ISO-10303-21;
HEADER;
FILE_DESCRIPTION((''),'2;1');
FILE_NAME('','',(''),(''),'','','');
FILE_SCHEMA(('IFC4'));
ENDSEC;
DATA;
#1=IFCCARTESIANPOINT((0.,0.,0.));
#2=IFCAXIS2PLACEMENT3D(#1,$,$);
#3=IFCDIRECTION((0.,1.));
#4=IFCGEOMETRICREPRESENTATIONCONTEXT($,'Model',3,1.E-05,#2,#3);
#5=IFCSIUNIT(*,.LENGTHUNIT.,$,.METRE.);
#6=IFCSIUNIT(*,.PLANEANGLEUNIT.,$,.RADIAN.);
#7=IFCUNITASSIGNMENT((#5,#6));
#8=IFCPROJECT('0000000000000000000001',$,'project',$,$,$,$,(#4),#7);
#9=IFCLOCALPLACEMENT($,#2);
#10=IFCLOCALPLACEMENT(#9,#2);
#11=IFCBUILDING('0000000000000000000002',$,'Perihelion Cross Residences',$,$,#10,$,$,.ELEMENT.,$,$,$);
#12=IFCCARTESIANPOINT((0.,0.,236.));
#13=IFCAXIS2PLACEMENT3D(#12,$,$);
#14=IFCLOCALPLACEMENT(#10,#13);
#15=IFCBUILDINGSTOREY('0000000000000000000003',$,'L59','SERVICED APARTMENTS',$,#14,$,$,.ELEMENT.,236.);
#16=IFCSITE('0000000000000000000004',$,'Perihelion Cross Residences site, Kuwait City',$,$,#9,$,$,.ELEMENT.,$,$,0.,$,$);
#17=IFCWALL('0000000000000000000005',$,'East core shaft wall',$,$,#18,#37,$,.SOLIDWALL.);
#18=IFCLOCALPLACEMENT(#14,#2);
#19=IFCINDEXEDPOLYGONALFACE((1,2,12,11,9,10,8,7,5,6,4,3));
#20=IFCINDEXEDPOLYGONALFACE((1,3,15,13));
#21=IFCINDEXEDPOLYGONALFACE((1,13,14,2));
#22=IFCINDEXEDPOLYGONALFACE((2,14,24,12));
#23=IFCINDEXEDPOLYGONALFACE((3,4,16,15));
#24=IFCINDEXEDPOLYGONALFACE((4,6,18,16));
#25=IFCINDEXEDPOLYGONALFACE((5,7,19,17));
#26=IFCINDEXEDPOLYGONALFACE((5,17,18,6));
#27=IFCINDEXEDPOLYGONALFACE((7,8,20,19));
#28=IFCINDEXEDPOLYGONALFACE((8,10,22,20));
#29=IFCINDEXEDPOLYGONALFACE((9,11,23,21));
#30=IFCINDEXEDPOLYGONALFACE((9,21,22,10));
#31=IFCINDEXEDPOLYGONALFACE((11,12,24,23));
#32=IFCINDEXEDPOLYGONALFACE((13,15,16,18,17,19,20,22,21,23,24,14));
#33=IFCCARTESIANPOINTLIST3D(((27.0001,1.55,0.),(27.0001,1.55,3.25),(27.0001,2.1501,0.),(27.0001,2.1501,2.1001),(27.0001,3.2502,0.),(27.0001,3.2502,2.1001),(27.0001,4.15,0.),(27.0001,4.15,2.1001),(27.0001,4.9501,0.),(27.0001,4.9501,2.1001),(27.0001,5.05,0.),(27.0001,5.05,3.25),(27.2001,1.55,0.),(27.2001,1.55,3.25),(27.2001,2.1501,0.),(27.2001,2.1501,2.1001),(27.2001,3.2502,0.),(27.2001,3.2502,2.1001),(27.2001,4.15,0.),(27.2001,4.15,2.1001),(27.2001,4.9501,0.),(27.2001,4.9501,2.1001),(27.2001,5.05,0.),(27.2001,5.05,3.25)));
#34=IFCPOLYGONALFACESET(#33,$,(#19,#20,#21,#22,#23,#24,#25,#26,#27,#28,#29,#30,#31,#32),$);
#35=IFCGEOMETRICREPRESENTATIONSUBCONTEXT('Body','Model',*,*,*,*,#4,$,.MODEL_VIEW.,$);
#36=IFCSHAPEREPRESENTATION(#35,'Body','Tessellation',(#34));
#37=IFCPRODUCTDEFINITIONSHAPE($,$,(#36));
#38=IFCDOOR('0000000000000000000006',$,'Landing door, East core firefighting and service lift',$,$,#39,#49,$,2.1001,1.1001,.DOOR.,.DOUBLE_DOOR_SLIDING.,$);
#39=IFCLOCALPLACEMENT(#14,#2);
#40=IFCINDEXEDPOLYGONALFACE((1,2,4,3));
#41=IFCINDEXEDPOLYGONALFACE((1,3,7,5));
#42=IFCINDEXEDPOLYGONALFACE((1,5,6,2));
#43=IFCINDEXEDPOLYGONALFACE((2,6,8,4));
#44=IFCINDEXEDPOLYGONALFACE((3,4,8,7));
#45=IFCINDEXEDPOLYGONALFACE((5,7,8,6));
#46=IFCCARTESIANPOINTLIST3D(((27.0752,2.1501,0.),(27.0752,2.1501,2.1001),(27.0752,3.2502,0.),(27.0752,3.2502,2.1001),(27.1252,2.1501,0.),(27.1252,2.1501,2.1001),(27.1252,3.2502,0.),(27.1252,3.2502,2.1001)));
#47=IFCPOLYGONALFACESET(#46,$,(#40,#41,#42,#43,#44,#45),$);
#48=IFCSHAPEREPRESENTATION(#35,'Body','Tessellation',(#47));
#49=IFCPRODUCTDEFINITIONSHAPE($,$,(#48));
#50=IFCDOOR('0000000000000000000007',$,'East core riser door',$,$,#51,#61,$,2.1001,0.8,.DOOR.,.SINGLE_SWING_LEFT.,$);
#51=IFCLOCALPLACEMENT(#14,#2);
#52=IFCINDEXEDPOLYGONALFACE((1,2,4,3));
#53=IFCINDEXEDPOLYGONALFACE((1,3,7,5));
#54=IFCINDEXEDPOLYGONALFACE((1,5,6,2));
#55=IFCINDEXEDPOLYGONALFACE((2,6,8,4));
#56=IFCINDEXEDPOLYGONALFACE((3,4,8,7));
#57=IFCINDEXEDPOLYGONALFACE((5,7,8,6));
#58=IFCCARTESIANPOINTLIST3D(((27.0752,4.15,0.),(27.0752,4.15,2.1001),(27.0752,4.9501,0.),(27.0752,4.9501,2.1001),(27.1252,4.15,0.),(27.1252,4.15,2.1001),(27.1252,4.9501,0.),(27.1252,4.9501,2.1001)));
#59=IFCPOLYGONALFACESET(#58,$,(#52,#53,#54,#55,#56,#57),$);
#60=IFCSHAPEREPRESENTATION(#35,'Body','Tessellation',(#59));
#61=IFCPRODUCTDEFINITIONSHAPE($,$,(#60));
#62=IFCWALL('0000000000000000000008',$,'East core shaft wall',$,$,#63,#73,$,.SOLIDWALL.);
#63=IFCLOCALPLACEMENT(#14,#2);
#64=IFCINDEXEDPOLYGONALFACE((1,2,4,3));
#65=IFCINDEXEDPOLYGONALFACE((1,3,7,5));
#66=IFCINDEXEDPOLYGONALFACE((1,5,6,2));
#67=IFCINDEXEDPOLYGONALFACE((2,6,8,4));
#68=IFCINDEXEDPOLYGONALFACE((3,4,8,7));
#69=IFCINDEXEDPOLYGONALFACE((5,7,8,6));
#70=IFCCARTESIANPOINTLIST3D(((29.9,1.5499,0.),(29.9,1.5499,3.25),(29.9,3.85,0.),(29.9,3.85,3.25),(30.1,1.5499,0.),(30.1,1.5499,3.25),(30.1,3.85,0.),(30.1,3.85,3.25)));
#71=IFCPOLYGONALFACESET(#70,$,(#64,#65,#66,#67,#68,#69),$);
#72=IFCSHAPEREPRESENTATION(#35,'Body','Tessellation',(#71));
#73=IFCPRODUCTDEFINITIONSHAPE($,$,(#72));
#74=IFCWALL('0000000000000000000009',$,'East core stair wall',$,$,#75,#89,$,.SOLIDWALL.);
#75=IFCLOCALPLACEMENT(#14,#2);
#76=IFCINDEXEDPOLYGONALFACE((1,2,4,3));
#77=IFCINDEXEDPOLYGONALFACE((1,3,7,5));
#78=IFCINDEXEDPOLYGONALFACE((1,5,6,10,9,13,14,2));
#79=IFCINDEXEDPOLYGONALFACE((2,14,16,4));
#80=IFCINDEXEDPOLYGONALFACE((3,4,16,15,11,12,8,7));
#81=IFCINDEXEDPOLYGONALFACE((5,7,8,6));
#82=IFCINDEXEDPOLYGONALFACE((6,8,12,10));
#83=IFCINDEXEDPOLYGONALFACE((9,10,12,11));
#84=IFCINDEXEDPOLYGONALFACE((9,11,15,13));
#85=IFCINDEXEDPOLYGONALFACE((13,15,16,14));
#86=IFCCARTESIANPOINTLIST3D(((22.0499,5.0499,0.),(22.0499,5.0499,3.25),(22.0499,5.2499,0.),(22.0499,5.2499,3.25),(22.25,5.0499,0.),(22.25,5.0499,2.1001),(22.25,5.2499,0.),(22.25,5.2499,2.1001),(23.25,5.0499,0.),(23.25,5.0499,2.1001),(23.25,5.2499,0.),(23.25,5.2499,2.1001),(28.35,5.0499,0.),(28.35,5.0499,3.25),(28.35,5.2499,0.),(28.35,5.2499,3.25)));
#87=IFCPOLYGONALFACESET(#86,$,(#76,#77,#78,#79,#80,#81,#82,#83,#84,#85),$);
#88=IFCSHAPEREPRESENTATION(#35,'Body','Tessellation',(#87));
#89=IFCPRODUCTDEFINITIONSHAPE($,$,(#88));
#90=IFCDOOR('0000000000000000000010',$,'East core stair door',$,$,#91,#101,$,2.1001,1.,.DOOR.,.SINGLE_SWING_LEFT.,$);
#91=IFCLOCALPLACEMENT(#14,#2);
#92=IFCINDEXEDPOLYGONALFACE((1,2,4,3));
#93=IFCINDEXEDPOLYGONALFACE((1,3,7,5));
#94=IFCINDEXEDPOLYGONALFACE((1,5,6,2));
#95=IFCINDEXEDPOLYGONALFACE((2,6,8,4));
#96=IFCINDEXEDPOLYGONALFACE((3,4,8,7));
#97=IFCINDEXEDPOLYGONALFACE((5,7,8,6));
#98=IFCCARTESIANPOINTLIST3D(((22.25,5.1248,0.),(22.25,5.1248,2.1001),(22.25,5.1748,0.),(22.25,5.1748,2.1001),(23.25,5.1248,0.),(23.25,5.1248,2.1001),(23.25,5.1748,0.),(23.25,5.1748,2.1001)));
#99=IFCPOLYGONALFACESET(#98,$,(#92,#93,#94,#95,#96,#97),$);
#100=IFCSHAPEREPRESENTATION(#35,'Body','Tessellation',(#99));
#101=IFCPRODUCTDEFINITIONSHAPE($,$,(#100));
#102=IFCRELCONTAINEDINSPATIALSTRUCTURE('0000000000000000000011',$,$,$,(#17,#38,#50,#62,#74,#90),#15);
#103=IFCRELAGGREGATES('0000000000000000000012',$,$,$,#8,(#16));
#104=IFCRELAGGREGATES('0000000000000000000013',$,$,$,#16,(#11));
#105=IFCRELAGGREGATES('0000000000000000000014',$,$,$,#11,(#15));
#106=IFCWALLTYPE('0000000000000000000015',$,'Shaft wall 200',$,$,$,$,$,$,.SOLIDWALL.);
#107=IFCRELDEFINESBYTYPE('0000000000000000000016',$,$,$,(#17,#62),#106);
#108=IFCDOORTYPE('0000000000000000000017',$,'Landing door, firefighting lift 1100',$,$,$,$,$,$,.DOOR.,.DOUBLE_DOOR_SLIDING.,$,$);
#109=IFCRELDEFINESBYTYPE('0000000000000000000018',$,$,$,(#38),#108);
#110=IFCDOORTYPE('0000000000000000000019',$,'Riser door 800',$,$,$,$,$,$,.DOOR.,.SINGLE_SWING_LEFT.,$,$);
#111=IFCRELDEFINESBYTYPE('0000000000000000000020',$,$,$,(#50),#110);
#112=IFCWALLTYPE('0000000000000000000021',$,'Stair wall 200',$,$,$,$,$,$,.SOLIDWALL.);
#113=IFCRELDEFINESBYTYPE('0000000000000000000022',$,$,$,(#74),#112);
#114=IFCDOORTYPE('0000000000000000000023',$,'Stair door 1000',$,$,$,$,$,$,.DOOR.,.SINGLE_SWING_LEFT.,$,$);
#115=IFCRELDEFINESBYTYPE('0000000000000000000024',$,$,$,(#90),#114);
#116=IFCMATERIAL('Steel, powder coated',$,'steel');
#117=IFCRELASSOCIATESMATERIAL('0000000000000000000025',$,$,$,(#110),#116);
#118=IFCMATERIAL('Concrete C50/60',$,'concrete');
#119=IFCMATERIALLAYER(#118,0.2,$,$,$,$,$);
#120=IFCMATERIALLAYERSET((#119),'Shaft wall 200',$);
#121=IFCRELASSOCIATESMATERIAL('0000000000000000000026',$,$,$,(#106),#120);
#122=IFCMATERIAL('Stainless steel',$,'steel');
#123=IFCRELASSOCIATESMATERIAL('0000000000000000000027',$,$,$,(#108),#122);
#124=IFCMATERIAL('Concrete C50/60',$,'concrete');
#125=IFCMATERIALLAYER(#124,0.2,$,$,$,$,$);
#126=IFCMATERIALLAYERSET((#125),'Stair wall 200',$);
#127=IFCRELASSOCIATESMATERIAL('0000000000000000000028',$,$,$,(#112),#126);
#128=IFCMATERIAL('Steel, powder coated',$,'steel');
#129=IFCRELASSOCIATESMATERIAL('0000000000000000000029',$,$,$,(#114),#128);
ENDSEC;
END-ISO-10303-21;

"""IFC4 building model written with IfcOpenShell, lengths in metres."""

from ifc_helpers import new_model, si_unit, direction, frame, frame_2d, origin, place, context, subcontext, project, spatial, rectangle, extrude, material, layer, layer_set, type_object, element, fill, save


model = new_model("IFC4")

# Units and contexts
model_context = context("Model", 3, precision=1e-05, world=origin(), true_north=direction((0.0, 1.0)))
body_context = subcontext(model_context, "Body", "Model", "MODEL_VIEW")
ifc_project = project(units=[si_unit("LENGTHUNIT", "METRE"), si_unit("PLANEANGLEUNIT", "RADIAN")], contexts=[model_context])

# Site, building, storey
site_placement = place(None, origin())
site = spatial("IfcSite", under=ifc_project, at=site_placement, Name="Perihelion Cross Residences site, Kuwait City", CompositionType="ELEMENT", RefElevation=0.0)
building_placement = place(site_placement, origin())
building = spatial("IfcBuilding", under=site, at=building_placement, Name="Perihelion Cross Residences", CompositionType="ELEMENT")
storey_placement = place(building_placement, frame((0.0, 0.0, 236.0)))
storey = spatial("IfcBuildingStorey", under=building, at=storey_placement, Name="L59", Description="SERVICED APARTMENTS", CompositionType="ELEMENT", Elevation=236.0)

# Shared definitions
ifc_material_1 = material(Name="Steel, powder coated", Category="steel")
door_type_1 = type_object("IfcDoorType", Name="Riser door 800", OperationType="SINGLE_SWING_LEFT", PredefinedType="DOOR", material=ifc_material_1)

# Shared definitions
ifc_material_2 = material(Name="Concrete C50/60", Category="concrete")
ifc_layer_1 = layer(ifc_material_2, 0.2)
ifc_layer_set_1 = layer_set([ifc_layer_1], Name="Shaft wall 200")
wall_type_1 = type_object("IfcWallType", Name="Shaft wall 200", PredefinedType="SOLIDWALL", material=ifc_layer_set_1)

# Wall, openings, doors
wall_1_placement = place(storey_placement, frame((27.1001, 1.55, 0.0), z_axis=(0.0, 0.0, 1.0), x_axis=(0.0, 1.0, 0.0)))
wall_1 = element("IfcWall", 1, at=wall_1_placement, inside=storey, type_object=wall_type_1, Name="East core shaft wall", PredefinedType="SOLIDWALL", context=body_context, shape_type="SweptSolid", body=[
    extrude(rectangle(XDim=3.5, YDim=0.2, at=frame_2d((1.75, 0.0))), origin(), (0.0, 0.0, 1.0), 3.25),
])
opening_1_placement = place(wall_1_placement, frame((0.6001, 0.0, 0.0)))
opening_1 = element("IfcOpeningElement", 2, at=opening_1_placement, cuts=wall_1, PredefinedType="OPENING", context=body_context, shape_type="SweptSolid", body=[
    extrude(rectangle(XDim=1.1001, YDim=2.1001, at=frame_2d((0.55, 1.05))), frame((0.0, 0.1099, 0.0), z_axis=(0.0, -1.0, 0.0), x_axis=(1.0, 0.0, 0.0)), (0.0, 0.0, 1.0), 0.22),
])
opening_2_placement = place(wall_1_placement, frame((2.6001, 0.0, 0.0)))
opening_2 = element("IfcOpeningElement", 3, at=opening_2_placement, cuts=wall_1, PredefinedType="OPENING", context=body_context, shape_type="SweptSolid", body=[
    extrude(rectangle(XDim=0.8, YDim=2.1001, at=frame_2d((0.3999, 1.05))), frame((0.0, 0.1099, 0.0), z_axis=(0.0, -1.0, 0.0), x_axis=(1.0, 0.0, 0.0)), (0.0, 0.0, 1.0), 0.22),
])
ifc_material_3 = material(Name="Stainless steel", Category="steel")
door_type_2 = type_object("IfcDoorType", Name="Landing door, firefighting lift 1100", OperationType="DOUBLE_DOOR_SLIDING", PredefinedType="DOOR", material=ifc_material_3)
door_1_placement = place(opening_1_placement, origin())
door_1 = element("IfcDoor", 4, at=door_1_placement, inside=storey, type_object=door_type_2, Name="Landing door, East core firefighting and service lift", OperationType="DOUBLE_DOOR_SLIDING", OverallHeight=2.1001, OverallWidth=1.1001, PredefinedType="DOOR", context=body_context, shape_type="SweptSolid", body=[
    extrude(rectangle(XDim=1.1001, YDim=2.1001, at=frame_2d((0.55, 1.05))), frame((0.0, 0.0249, 0.0), z_axis=(0.0, -1.0, 0.0), x_axis=(1.0, 0.0, 0.0)), (0.0, 0.0, 1.0), 0.05),
])
fill(opening_1, door_1)
door_2_placement = place(opening_2_placement, origin())
door_2 = element("IfcDoor", 5, at=door_2_placement, inside=storey, type_object=door_type_1, Name="East core riser door", OperationType="SINGLE_SWING_LEFT", OverallHeight=2.1001, OverallWidth=0.8, PredefinedType="DOOR", context=body_context, shape_type="SweptSolid", body=[
    extrude(rectangle(XDim=0.8, YDim=2.1001, at=frame_2d((0.3999, 1.05))), frame((0.0, 0.0249, 0.0), z_axis=(0.0, -1.0, 0.0), x_axis=(1.0, 0.0, 0.0)), (0.0, 0.0, 1.0), 0.05),
])
fill(opening_2, door_2)

# Wall
wall_2_placement = place(storey_placement, frame((30.0, 1.55, 0.0), z_axis=(0.0, 0.0, 1.0), x_axis=(0.0, 1.0, 0.0)))
element("IfcWall", 6, at=wall_2_placement, inside=storey, type_object=wall_type_1, Name="East core shaft wall", PredefinedType="SOLIDWALL", context=body_context, shape_type="SweptSolid", body=[
    extrude(rectangle(XDim=2.3, YDim=0.2, at=frame_2d((1.1499, 0.0))), origin(), (0.0, 0.0, 1.0), 3.25),
])

# Wall, opening, door
ifc_material_4 = material(Name="Concrete C50/60", Category="concrete")
ifc_layer_2 = layer(ifc_material_4, 0.2)
ifc_layer_set_2 = layer_set([ifc_layer_2], Name="Stair wall 200")
wall_type_2 = type_object("IfcWallType", Name="Stair wall 200", PredefinedType="SOLIDWALL", material=ifc_layer_set_2)
wall_3_placement = place(storey_placement, frame((22.05, 5.1499, 0.0), z_axis=(0.0, 0.0, 1.0), x_axis=(1.0, 0.0, 0.0)))
wall_3 = element("IfcWall", 7, at=wall_3_placement, inside=storey, type_object=wall_type_2, Name="East core stair wall", PredefinedType="SOLIDWALL", context=body_context, shape_type="SweptSolid", body=[
    extrude(rectangle(XDim=6.3, YDim=0.2, at=frame_2d((3.1499, 0.0))), origin(), (0.0, 0.0, 1.0), 3.25),
])
opening_3_placement = place(wall_3_placement, frame((0.2, 0.0, 0.0)))
opening_3 = element("IfcOpeningElement", 8, at=opening_3_placement, cuts=wall_3, PredefinedType="OPENING", context=body_context, shape_type="SweptSolid", body=[
    extrude(rectangle(XDim=1.0, YDim=2.1001, at=frame_2d((0.5, 1.05))), frame((0.0, 0.1099, 0.0), z_axis=(0.0, -1.0, 0.0), x_axis=(1.0, 0.0, 0.0)), (0.0, 0.0, 1.0), 0.22),
])
ifc_material_5 = material(Name="Steel, powder coated", Category="steel")
door_type_3 = type_object("IfcDoorType", Name="Stair door 1000", OperationType="SINGLE_SWING_LEFT", PredefinedType="DOOR", material=ifc_material_5)
door_3_placement = place(opening_3_placement, origin())
door_3 = element("IfcDoor", 9, at=door_3_placement, inside=storey, type_object=door_type_3, Name="East core stair door", OperationType="SINGLE_SWING_LEFT", OverallHeight=2.1001, OverallWidth=1.0, PredefinedType="DOOR", context=body_context, shape_type="SweptSolid", body=[
    extrude(rectangle(XDim=1.0, YDim=2.1001, at=frame_2d((0.5, 1.05))), frame((0.0, 0.0249, 0.0), z_axis=(0.0, -1.0, 0.0), x_axis=(1.0, 0.0, 0.0)), (0.0, 0.0, 1.0), 0.05),
])
fill(opening_3, door_3)

save(model, "model.ifc")
